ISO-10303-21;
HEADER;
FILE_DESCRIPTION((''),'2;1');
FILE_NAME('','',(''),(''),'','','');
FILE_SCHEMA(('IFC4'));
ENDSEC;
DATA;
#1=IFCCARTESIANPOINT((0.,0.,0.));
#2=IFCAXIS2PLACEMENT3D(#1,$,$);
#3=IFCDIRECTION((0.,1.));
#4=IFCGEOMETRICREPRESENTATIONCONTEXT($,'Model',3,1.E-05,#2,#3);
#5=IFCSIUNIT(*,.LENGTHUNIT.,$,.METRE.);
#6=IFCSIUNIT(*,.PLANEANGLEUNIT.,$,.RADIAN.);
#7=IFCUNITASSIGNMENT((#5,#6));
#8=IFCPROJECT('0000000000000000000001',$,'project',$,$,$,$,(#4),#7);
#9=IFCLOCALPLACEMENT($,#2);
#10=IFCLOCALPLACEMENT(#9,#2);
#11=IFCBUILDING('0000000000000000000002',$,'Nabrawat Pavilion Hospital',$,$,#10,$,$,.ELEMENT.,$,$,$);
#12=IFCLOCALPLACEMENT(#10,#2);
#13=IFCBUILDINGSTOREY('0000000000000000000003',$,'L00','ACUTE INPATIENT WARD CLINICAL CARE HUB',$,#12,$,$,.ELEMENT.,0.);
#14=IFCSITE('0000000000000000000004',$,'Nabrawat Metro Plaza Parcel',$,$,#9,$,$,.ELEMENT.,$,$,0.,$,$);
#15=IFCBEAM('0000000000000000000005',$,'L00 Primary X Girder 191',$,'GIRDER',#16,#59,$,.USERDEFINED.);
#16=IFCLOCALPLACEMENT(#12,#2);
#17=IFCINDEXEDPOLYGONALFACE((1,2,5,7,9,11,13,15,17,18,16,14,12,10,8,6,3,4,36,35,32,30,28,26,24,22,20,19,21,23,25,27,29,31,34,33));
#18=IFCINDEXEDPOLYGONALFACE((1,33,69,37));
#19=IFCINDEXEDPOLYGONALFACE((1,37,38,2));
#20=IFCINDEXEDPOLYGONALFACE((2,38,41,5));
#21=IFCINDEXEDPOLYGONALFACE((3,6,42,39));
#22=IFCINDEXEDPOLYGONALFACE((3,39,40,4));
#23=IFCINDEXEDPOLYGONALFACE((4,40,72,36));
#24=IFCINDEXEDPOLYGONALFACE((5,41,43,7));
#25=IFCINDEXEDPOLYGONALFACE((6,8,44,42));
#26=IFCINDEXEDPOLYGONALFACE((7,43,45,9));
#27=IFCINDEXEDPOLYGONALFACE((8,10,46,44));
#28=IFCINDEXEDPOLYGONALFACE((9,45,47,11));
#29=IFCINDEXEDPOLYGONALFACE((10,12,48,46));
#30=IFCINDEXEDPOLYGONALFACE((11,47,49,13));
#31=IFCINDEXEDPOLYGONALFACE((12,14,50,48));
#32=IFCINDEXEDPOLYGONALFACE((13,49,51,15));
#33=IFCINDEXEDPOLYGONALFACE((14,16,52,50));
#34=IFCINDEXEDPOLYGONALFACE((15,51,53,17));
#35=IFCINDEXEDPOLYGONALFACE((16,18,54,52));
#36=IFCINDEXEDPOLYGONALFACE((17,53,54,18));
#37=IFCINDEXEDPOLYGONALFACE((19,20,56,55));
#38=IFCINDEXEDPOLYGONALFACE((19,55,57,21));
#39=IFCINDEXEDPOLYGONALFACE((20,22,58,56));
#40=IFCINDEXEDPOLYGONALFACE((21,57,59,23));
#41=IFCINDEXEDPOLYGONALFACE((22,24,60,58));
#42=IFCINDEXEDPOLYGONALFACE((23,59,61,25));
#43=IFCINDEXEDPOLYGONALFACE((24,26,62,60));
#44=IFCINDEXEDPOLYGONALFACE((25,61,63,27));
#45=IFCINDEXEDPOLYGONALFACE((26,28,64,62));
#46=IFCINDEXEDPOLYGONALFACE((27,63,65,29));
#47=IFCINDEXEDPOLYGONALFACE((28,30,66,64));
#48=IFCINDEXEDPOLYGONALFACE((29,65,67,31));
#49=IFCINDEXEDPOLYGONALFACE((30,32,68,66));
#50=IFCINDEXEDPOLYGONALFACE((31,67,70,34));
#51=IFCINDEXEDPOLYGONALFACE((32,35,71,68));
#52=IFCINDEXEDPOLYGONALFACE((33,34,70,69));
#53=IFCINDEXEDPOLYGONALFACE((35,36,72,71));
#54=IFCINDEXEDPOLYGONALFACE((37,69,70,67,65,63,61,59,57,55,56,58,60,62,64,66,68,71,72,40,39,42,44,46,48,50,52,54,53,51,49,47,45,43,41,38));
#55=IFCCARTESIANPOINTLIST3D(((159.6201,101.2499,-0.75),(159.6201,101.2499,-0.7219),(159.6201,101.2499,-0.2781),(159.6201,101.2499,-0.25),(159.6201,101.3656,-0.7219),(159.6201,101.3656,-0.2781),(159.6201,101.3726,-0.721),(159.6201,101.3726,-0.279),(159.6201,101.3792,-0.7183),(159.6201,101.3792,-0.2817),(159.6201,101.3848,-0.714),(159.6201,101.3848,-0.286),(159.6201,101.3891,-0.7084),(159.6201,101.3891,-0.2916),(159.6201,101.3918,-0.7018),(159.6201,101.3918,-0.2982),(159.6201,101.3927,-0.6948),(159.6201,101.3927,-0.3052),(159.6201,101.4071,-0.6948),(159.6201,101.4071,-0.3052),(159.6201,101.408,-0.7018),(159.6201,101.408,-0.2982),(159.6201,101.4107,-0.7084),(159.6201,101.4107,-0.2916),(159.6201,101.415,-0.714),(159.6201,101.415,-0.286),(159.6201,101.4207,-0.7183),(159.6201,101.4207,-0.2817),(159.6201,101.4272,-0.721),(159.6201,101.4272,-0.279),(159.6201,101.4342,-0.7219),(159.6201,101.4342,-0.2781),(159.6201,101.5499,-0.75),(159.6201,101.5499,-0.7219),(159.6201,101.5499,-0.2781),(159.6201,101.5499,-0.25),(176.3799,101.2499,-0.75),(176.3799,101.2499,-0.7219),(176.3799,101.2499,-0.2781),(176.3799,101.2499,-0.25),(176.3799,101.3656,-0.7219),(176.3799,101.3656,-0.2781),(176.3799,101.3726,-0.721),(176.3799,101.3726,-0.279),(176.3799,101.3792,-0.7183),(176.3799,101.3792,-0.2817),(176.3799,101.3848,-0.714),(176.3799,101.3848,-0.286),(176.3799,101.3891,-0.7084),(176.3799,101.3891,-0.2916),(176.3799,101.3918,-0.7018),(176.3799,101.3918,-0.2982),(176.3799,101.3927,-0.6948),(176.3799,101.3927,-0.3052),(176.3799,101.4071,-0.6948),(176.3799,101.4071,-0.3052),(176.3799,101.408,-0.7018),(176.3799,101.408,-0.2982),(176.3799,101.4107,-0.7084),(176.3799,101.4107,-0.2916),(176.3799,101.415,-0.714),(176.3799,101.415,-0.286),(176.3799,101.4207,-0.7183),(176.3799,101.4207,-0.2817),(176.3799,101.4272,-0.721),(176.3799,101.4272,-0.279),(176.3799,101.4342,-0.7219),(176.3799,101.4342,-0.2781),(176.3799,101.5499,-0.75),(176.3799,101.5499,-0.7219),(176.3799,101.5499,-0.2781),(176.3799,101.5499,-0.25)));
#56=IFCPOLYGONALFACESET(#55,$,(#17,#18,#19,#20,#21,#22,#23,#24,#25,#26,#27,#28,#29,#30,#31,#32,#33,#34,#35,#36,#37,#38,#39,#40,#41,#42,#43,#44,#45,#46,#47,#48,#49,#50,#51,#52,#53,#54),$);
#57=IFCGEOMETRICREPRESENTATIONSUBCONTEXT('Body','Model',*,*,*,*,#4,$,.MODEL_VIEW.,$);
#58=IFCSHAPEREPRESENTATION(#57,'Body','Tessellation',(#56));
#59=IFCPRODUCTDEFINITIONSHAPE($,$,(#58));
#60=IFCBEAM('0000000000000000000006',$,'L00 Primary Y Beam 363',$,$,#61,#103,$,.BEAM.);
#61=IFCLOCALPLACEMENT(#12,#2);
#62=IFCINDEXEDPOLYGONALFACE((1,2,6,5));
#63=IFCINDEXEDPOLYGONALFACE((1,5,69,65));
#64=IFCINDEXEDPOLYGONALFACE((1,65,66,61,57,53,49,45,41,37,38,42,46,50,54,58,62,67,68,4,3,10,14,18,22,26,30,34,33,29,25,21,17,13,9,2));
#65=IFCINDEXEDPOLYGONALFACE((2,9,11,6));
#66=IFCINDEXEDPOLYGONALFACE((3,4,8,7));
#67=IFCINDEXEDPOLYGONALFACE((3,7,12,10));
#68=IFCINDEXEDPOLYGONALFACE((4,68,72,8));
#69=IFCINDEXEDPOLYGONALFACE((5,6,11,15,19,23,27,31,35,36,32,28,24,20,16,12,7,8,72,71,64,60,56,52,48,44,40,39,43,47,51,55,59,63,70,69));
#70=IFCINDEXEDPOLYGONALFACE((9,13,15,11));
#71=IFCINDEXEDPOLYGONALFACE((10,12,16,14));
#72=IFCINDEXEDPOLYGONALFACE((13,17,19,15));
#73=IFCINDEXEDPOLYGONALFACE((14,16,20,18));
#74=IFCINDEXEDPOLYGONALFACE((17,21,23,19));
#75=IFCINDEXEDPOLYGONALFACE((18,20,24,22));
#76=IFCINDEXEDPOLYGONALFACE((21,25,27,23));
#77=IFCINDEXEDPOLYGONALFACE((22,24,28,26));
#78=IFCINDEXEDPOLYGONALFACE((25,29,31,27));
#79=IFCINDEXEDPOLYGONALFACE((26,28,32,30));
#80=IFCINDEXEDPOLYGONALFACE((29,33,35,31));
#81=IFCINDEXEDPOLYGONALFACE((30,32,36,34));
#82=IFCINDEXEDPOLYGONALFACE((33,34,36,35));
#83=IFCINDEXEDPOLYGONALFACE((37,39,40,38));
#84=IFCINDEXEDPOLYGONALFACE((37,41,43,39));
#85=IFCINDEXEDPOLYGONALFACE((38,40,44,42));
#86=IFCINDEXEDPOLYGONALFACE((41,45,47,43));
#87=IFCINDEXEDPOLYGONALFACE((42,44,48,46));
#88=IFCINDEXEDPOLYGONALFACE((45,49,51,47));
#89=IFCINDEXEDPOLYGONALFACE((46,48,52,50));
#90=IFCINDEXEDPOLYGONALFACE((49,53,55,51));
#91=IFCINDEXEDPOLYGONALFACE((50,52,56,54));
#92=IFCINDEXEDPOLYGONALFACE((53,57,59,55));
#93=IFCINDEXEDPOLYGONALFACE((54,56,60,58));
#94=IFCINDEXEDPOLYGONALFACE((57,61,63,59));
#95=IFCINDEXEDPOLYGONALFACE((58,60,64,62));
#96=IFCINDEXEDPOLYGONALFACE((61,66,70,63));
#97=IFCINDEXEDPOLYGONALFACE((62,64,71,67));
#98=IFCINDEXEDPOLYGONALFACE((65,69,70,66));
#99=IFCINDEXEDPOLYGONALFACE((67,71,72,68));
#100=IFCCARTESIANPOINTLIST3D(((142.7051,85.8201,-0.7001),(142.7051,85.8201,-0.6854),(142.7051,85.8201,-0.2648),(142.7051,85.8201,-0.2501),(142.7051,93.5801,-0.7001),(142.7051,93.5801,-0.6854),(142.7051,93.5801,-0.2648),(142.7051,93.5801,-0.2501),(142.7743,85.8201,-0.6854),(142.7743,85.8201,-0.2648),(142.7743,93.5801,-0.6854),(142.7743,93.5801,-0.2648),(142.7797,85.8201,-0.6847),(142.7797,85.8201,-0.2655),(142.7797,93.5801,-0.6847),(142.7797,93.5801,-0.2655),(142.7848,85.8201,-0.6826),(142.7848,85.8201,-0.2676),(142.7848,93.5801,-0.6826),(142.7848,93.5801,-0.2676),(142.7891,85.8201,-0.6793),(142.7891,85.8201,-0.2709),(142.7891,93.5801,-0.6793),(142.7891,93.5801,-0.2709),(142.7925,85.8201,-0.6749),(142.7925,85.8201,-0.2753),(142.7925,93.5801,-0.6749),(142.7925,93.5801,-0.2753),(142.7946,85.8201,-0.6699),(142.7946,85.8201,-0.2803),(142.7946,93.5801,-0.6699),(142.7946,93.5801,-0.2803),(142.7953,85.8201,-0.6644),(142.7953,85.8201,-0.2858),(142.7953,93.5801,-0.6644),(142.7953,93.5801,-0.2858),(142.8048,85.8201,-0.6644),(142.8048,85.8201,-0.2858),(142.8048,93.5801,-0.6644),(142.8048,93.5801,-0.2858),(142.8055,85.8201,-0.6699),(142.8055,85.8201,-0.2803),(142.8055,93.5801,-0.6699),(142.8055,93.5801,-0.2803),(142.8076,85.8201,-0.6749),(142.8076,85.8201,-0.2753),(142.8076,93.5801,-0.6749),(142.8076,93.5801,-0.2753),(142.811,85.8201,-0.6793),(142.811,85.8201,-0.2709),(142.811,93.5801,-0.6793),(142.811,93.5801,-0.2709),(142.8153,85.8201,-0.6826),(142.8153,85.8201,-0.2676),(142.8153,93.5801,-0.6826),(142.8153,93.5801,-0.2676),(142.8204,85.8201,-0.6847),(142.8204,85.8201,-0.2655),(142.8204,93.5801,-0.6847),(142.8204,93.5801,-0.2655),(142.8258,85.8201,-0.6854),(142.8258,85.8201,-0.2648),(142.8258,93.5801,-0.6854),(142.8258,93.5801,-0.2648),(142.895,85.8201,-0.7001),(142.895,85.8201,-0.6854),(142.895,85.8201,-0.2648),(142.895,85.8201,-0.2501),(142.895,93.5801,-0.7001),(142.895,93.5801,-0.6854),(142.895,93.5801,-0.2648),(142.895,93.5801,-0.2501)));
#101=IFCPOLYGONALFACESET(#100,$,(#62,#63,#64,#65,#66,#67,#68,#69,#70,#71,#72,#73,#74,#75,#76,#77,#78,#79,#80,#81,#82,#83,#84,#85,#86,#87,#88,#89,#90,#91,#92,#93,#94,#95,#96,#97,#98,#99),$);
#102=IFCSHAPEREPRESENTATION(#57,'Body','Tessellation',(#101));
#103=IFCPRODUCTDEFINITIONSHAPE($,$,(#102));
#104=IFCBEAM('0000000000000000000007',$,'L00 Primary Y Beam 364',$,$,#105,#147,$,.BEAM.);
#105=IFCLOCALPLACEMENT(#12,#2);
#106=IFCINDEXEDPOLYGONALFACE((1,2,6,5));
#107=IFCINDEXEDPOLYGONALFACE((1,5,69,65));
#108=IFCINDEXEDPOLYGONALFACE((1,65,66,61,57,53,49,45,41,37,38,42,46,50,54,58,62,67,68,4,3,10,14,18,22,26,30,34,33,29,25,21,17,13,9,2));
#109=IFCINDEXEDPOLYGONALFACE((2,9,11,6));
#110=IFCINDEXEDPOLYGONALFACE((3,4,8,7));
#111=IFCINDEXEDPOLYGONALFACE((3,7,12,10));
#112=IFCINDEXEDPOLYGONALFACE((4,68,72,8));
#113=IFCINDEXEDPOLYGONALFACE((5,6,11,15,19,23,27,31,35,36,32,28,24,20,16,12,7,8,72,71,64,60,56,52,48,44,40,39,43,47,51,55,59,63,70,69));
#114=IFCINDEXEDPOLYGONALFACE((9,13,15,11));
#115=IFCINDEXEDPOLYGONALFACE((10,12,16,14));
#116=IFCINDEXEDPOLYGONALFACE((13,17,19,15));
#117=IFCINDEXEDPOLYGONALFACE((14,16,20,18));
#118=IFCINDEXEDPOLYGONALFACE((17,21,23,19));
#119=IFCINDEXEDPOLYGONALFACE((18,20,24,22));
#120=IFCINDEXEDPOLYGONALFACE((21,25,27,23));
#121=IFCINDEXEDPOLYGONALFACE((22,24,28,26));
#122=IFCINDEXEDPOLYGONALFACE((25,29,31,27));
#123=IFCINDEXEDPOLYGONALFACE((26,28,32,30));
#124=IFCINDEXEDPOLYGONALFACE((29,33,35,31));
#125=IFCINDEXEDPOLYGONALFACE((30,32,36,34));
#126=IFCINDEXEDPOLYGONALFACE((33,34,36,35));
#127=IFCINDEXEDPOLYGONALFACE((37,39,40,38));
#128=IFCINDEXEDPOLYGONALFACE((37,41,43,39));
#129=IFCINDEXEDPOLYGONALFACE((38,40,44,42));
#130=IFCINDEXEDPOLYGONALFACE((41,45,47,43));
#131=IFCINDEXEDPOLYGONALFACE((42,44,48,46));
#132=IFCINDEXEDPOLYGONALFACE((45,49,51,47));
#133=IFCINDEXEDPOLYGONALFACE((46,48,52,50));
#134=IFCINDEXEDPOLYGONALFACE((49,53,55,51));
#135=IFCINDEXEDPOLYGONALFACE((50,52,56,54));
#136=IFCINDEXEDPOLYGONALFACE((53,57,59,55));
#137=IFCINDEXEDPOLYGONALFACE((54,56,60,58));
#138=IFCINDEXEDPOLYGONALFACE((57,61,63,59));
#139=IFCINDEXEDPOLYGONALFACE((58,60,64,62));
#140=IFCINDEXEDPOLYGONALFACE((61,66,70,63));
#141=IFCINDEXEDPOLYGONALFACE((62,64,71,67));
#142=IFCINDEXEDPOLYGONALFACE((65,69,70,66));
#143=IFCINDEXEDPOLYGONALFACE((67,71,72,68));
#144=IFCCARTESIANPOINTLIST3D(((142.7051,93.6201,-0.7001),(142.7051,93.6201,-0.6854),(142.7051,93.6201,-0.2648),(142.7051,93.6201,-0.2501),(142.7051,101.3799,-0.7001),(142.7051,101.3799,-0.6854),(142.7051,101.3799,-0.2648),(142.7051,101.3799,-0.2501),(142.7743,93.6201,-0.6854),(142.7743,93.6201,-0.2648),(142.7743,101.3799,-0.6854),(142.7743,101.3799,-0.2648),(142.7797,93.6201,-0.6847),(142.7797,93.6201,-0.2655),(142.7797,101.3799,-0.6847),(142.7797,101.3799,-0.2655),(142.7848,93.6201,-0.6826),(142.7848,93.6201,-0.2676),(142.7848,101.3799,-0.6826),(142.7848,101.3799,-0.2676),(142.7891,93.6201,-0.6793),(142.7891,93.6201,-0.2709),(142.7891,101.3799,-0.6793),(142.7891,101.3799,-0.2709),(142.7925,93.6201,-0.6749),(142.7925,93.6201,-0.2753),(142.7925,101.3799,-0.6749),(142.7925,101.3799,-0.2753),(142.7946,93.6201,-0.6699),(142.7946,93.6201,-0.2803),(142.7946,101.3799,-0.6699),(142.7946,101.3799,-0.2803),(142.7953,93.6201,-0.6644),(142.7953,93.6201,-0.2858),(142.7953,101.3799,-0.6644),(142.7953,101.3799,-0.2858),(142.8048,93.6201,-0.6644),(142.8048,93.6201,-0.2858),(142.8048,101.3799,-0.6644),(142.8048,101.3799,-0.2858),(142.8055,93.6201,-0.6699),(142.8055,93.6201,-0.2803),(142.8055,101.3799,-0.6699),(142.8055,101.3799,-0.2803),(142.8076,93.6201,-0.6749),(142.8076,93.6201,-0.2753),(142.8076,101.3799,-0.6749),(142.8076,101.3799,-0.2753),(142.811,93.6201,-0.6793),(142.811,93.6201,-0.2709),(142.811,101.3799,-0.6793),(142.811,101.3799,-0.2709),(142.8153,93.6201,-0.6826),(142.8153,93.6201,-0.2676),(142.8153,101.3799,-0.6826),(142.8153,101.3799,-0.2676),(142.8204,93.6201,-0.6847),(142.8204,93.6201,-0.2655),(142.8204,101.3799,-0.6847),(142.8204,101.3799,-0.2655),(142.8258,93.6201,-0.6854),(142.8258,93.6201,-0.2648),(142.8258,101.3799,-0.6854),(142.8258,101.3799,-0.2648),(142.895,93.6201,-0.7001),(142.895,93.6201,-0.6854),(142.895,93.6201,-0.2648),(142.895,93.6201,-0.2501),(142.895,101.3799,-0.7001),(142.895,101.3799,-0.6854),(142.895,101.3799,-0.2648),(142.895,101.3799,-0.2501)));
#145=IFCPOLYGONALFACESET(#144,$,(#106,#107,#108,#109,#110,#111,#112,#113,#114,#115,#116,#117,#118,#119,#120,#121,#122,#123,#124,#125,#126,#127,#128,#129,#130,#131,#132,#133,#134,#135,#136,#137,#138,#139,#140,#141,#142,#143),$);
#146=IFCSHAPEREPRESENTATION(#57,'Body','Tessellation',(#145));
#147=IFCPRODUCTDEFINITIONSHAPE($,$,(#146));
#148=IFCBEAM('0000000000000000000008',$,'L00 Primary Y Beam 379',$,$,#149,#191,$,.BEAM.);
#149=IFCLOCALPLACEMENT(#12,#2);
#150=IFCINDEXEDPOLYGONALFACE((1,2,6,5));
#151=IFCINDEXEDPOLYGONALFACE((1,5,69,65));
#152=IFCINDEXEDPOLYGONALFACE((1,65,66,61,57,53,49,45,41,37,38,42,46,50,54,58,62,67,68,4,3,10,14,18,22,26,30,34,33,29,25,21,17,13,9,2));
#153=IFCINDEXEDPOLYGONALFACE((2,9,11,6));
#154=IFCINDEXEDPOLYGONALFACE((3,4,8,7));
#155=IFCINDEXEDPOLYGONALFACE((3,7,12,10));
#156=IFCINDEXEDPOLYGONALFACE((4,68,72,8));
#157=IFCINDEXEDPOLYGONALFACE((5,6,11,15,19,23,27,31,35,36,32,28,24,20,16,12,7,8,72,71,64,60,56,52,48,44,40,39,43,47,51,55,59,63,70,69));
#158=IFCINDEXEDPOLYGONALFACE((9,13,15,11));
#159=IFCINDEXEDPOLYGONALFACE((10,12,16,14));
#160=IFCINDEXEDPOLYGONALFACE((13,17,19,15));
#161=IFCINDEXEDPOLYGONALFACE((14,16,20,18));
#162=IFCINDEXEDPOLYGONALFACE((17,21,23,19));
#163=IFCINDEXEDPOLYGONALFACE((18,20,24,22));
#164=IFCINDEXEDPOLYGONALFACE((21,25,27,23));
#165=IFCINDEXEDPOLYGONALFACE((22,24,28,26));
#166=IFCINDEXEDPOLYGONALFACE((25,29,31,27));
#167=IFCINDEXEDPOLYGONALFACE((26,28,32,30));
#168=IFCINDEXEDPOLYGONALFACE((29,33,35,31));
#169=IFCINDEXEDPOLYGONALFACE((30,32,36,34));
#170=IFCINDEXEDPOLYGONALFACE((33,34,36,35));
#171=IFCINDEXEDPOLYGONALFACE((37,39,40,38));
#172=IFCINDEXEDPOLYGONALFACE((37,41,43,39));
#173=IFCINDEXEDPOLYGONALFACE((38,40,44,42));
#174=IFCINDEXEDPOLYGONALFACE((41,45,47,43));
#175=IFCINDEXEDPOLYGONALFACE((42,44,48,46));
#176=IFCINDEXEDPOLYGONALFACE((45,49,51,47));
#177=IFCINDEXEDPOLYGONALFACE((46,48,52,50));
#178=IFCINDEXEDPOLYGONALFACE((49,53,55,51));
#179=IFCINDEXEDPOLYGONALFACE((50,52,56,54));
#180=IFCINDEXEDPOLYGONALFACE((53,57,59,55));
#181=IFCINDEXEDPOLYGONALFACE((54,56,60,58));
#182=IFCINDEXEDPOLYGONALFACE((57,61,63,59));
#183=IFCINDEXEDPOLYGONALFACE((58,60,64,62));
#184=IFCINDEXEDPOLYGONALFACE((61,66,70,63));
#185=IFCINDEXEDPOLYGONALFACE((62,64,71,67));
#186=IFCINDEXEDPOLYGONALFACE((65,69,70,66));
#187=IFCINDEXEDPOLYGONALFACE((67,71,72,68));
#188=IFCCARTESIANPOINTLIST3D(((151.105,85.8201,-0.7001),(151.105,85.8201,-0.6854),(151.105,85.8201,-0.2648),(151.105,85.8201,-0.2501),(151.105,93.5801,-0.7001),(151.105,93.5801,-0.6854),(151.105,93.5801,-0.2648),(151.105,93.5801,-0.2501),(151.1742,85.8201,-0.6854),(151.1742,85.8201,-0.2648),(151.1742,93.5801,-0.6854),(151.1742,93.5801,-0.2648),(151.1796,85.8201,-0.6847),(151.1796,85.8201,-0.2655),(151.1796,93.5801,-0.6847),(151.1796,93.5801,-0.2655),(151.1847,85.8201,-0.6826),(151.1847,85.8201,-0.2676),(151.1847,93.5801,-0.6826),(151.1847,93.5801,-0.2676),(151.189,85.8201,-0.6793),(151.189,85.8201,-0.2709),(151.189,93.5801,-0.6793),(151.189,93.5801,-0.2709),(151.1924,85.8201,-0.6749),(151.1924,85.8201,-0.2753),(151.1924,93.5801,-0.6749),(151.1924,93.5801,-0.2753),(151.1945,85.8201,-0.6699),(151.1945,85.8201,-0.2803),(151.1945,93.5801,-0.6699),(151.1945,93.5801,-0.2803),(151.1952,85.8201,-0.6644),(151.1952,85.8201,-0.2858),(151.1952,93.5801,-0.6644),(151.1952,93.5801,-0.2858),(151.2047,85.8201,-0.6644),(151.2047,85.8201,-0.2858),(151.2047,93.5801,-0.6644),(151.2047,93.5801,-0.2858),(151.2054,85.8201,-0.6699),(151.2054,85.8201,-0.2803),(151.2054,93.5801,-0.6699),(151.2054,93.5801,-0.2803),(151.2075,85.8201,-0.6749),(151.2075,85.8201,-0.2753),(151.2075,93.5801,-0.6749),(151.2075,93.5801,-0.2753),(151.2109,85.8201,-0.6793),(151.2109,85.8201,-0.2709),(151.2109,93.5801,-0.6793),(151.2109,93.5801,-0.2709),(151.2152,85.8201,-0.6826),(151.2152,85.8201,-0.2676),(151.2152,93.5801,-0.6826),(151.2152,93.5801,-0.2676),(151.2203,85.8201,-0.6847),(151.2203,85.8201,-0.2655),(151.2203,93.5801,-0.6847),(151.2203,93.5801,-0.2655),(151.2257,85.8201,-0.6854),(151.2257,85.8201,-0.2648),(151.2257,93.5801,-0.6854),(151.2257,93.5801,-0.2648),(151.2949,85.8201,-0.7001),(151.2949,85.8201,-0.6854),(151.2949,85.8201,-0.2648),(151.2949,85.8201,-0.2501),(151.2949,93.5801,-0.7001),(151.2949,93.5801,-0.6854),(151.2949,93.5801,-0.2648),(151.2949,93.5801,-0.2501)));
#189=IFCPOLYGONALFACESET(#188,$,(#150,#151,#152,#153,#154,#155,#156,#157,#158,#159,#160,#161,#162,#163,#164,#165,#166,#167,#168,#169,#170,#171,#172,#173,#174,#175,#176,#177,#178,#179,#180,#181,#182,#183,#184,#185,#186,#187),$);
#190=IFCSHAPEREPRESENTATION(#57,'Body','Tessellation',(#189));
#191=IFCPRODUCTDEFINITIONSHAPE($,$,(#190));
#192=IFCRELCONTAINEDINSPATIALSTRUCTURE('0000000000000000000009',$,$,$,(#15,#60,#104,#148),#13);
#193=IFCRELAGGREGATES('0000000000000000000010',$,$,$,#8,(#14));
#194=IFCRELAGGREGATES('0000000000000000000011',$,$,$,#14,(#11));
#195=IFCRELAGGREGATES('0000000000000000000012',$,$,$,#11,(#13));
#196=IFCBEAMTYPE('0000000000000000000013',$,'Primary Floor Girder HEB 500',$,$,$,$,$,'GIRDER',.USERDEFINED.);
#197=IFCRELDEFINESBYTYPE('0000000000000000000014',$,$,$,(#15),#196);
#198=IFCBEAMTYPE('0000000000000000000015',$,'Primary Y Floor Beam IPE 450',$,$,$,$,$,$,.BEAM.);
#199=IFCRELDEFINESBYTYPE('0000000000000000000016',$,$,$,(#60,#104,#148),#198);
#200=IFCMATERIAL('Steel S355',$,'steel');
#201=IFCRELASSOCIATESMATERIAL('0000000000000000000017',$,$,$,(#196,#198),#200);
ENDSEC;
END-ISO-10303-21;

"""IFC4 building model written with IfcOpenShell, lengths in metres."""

from ifc_helpers import new_model, si_unit, direction, frame, origin, origin_2d, place, context, subcontext, project, spatial, i_section, extrude, material, material_profile, profile_set, type_object, element, save


model = new_model("IFC4")

# Units and contexts
model_context = context("Model", 3, precision=1e-05, world=origin(), true_north=direction((0.0, 1.0)))
body_context = subcontext(model_context, "Body", "Model", "MODEL_VIEW")
ifc_project = project(units=[si_unit("LENGTHUNIT", "METRE"), si_unit("PLANEANGLEUNIT", "RADIAN")], contexts=[model_context])

# Site, building, storey
site_placement = place(None, origin())
site = spatial("IfcSite", under=ifc_project, at=site_placement, Name="Nabrawat Metro Plaza Parcel", CompositionType="ELEMENT", RefElevation=0.0)
building_placement = place(site_placement, origin())
building = spatial("IfcBuilding", under=site, at=building_placement, Name="Nabrawat Pavilion Hospital", CompositionType="ELEMENT")
storey_placement = place(building_placement, origin())
storey = spatial("IfcBuildingStorey", under=building, at=storey_placement, Name="L00", Description="ACUTE INPATIENT WARD CLINICAL CARE HUB", CompositionType="ELEMENT", Elevation=0.0)

# Shared definitions
ifc_material_1 = material(Name="Steel S355", Category="steel")

# Beams
ifc_material_profile_1 = material_profile(ifc_material_1, i_section(OverallWidth=0.3, OverallDepth=0.5, WebThickness=0.0144, FlangeThickness=0.0281, FilletRadius=0.0271, at=origin_2d()), Name="HEB 500")
ifc_profile_set_1 = profile_set([ifc_material_profile_1], Name="Steel S355")
beam_type_1 = type_object("IfcBeamType", Name="Primary Floor Girder HEB 500", ElementType="GIRDER", PredefinedType="USERDEFINED", material=ifc_profile_set_1)
beam_1_placement = place(storey_placement, frame((159.6201, 101.3999, -0.5), z_axis=(1.0, 0.0, 0.0), x_axis=(0.0, 1.0, 0.0)))
element("IfcBeam", 1, at=beam_1_placement, inside=storey, type_object=beam_type_1, Name="L00 Primary X Girder 191", ObjectType="GIRDER", PredefinedType="USERDEFINED", context=body_context, shape_type="SweptSolid", body=[
    extrude(i_section(OverallWidth=0.3, OverallDepth=0.5, WebThickness=0.0144, FlangeThickness=0.0281, FilletRadius=0.0271, at=origin_2d()), origin(), (0.0, 0.0, 1.0), 16.7598),
])
ifc_material_profile_2 = material_profile(ifc_material_1, i_section(OverallWidth=0.1899, OverallDepth=0.45, WebThickness=0.0095, FlangeThickness=0.0146, FilletRadius=0.021, at=origin_2d()), Name="IPE 450")
ifc_profile_set_2 = profile_set([ifc_material_profile_2], Name="Steel S355")
beam_type_2 = type_object("IfcBeamType", Name="Primary Y Floor Beam IPE 450", PredefinedType="BEAM", material=ifc_profile_set_2)
beam_2_placement = place(storey_placement, frame((142.8, 85.8201, -0.4751), z_axis=(0.0, 1.0, 0.0), x_axis=(-1.0, 0.0, 0.0)))
element("IfcBeam", 2, at=beam_2_placement, inside=storey, type_object=beam_type_2, Name="L00 Primary Y Beam 363", PredefinedType="BEAM", context=body_context, shape_type="SweptSolid", body=[
    extrude(i_section(OverallWidth=0.1899, OverallDepth=0.45, WebThickness=0.0095, FlangeThickness=0.0146, FilletRadius=0.021, at=origin_2d()), origin(), (0.0, 0.0, 1.0), 7.76),
])
beam_3_placement = place(storey_placement, frame((142.8, 93.6201, -0.4751), z_axis=(0.0, 1.0, 0.0), x_axis=(-1.0, 0.0, 0.0)))
element("IfcBeam", 3, at=beam_3_placement, inside=storey, type_object=beam_type_2, Name="L00 Primary Y Beam 364", PredefinedType="BEAM", context=body_context, shape_type="SweptSolid", body=[
    extrude(i_section(OverallWidth=0.1899, OverallDepth=0.45, WebThickness=0.0095, FlangeThickness=0.0146, FilletRadius=0.021, at=origin_2d()), origin(), (0.0, 0.0, 1.0), 7.7598),
])
beam_4_placement = place(storey_placement, frame((151.2, 85.8201, -0.4751), z_axis=(0.0, 1.0, 0.0), x_axis=(-1.0, 0.0, 0.0)))
element("IfcBeam", 4, at=beam_4_placement, inside=storey, type_object=beam_type_2, Name="L00 Primary Y Beam 379", PredefinedType="BEAM", context=body_context, shape_type="SweptSolid", body=[
    extrude(i_section(OverallWidth=0.1899, OverallDepth=0.45, WebThickness=0.0095, FlangeThickness=0.0146, FilletRadius=0.021, at=origin_2d()), origin(), (0.0, 0.0, 1.0), 7.76),
])

save(model, "model.ifc")
